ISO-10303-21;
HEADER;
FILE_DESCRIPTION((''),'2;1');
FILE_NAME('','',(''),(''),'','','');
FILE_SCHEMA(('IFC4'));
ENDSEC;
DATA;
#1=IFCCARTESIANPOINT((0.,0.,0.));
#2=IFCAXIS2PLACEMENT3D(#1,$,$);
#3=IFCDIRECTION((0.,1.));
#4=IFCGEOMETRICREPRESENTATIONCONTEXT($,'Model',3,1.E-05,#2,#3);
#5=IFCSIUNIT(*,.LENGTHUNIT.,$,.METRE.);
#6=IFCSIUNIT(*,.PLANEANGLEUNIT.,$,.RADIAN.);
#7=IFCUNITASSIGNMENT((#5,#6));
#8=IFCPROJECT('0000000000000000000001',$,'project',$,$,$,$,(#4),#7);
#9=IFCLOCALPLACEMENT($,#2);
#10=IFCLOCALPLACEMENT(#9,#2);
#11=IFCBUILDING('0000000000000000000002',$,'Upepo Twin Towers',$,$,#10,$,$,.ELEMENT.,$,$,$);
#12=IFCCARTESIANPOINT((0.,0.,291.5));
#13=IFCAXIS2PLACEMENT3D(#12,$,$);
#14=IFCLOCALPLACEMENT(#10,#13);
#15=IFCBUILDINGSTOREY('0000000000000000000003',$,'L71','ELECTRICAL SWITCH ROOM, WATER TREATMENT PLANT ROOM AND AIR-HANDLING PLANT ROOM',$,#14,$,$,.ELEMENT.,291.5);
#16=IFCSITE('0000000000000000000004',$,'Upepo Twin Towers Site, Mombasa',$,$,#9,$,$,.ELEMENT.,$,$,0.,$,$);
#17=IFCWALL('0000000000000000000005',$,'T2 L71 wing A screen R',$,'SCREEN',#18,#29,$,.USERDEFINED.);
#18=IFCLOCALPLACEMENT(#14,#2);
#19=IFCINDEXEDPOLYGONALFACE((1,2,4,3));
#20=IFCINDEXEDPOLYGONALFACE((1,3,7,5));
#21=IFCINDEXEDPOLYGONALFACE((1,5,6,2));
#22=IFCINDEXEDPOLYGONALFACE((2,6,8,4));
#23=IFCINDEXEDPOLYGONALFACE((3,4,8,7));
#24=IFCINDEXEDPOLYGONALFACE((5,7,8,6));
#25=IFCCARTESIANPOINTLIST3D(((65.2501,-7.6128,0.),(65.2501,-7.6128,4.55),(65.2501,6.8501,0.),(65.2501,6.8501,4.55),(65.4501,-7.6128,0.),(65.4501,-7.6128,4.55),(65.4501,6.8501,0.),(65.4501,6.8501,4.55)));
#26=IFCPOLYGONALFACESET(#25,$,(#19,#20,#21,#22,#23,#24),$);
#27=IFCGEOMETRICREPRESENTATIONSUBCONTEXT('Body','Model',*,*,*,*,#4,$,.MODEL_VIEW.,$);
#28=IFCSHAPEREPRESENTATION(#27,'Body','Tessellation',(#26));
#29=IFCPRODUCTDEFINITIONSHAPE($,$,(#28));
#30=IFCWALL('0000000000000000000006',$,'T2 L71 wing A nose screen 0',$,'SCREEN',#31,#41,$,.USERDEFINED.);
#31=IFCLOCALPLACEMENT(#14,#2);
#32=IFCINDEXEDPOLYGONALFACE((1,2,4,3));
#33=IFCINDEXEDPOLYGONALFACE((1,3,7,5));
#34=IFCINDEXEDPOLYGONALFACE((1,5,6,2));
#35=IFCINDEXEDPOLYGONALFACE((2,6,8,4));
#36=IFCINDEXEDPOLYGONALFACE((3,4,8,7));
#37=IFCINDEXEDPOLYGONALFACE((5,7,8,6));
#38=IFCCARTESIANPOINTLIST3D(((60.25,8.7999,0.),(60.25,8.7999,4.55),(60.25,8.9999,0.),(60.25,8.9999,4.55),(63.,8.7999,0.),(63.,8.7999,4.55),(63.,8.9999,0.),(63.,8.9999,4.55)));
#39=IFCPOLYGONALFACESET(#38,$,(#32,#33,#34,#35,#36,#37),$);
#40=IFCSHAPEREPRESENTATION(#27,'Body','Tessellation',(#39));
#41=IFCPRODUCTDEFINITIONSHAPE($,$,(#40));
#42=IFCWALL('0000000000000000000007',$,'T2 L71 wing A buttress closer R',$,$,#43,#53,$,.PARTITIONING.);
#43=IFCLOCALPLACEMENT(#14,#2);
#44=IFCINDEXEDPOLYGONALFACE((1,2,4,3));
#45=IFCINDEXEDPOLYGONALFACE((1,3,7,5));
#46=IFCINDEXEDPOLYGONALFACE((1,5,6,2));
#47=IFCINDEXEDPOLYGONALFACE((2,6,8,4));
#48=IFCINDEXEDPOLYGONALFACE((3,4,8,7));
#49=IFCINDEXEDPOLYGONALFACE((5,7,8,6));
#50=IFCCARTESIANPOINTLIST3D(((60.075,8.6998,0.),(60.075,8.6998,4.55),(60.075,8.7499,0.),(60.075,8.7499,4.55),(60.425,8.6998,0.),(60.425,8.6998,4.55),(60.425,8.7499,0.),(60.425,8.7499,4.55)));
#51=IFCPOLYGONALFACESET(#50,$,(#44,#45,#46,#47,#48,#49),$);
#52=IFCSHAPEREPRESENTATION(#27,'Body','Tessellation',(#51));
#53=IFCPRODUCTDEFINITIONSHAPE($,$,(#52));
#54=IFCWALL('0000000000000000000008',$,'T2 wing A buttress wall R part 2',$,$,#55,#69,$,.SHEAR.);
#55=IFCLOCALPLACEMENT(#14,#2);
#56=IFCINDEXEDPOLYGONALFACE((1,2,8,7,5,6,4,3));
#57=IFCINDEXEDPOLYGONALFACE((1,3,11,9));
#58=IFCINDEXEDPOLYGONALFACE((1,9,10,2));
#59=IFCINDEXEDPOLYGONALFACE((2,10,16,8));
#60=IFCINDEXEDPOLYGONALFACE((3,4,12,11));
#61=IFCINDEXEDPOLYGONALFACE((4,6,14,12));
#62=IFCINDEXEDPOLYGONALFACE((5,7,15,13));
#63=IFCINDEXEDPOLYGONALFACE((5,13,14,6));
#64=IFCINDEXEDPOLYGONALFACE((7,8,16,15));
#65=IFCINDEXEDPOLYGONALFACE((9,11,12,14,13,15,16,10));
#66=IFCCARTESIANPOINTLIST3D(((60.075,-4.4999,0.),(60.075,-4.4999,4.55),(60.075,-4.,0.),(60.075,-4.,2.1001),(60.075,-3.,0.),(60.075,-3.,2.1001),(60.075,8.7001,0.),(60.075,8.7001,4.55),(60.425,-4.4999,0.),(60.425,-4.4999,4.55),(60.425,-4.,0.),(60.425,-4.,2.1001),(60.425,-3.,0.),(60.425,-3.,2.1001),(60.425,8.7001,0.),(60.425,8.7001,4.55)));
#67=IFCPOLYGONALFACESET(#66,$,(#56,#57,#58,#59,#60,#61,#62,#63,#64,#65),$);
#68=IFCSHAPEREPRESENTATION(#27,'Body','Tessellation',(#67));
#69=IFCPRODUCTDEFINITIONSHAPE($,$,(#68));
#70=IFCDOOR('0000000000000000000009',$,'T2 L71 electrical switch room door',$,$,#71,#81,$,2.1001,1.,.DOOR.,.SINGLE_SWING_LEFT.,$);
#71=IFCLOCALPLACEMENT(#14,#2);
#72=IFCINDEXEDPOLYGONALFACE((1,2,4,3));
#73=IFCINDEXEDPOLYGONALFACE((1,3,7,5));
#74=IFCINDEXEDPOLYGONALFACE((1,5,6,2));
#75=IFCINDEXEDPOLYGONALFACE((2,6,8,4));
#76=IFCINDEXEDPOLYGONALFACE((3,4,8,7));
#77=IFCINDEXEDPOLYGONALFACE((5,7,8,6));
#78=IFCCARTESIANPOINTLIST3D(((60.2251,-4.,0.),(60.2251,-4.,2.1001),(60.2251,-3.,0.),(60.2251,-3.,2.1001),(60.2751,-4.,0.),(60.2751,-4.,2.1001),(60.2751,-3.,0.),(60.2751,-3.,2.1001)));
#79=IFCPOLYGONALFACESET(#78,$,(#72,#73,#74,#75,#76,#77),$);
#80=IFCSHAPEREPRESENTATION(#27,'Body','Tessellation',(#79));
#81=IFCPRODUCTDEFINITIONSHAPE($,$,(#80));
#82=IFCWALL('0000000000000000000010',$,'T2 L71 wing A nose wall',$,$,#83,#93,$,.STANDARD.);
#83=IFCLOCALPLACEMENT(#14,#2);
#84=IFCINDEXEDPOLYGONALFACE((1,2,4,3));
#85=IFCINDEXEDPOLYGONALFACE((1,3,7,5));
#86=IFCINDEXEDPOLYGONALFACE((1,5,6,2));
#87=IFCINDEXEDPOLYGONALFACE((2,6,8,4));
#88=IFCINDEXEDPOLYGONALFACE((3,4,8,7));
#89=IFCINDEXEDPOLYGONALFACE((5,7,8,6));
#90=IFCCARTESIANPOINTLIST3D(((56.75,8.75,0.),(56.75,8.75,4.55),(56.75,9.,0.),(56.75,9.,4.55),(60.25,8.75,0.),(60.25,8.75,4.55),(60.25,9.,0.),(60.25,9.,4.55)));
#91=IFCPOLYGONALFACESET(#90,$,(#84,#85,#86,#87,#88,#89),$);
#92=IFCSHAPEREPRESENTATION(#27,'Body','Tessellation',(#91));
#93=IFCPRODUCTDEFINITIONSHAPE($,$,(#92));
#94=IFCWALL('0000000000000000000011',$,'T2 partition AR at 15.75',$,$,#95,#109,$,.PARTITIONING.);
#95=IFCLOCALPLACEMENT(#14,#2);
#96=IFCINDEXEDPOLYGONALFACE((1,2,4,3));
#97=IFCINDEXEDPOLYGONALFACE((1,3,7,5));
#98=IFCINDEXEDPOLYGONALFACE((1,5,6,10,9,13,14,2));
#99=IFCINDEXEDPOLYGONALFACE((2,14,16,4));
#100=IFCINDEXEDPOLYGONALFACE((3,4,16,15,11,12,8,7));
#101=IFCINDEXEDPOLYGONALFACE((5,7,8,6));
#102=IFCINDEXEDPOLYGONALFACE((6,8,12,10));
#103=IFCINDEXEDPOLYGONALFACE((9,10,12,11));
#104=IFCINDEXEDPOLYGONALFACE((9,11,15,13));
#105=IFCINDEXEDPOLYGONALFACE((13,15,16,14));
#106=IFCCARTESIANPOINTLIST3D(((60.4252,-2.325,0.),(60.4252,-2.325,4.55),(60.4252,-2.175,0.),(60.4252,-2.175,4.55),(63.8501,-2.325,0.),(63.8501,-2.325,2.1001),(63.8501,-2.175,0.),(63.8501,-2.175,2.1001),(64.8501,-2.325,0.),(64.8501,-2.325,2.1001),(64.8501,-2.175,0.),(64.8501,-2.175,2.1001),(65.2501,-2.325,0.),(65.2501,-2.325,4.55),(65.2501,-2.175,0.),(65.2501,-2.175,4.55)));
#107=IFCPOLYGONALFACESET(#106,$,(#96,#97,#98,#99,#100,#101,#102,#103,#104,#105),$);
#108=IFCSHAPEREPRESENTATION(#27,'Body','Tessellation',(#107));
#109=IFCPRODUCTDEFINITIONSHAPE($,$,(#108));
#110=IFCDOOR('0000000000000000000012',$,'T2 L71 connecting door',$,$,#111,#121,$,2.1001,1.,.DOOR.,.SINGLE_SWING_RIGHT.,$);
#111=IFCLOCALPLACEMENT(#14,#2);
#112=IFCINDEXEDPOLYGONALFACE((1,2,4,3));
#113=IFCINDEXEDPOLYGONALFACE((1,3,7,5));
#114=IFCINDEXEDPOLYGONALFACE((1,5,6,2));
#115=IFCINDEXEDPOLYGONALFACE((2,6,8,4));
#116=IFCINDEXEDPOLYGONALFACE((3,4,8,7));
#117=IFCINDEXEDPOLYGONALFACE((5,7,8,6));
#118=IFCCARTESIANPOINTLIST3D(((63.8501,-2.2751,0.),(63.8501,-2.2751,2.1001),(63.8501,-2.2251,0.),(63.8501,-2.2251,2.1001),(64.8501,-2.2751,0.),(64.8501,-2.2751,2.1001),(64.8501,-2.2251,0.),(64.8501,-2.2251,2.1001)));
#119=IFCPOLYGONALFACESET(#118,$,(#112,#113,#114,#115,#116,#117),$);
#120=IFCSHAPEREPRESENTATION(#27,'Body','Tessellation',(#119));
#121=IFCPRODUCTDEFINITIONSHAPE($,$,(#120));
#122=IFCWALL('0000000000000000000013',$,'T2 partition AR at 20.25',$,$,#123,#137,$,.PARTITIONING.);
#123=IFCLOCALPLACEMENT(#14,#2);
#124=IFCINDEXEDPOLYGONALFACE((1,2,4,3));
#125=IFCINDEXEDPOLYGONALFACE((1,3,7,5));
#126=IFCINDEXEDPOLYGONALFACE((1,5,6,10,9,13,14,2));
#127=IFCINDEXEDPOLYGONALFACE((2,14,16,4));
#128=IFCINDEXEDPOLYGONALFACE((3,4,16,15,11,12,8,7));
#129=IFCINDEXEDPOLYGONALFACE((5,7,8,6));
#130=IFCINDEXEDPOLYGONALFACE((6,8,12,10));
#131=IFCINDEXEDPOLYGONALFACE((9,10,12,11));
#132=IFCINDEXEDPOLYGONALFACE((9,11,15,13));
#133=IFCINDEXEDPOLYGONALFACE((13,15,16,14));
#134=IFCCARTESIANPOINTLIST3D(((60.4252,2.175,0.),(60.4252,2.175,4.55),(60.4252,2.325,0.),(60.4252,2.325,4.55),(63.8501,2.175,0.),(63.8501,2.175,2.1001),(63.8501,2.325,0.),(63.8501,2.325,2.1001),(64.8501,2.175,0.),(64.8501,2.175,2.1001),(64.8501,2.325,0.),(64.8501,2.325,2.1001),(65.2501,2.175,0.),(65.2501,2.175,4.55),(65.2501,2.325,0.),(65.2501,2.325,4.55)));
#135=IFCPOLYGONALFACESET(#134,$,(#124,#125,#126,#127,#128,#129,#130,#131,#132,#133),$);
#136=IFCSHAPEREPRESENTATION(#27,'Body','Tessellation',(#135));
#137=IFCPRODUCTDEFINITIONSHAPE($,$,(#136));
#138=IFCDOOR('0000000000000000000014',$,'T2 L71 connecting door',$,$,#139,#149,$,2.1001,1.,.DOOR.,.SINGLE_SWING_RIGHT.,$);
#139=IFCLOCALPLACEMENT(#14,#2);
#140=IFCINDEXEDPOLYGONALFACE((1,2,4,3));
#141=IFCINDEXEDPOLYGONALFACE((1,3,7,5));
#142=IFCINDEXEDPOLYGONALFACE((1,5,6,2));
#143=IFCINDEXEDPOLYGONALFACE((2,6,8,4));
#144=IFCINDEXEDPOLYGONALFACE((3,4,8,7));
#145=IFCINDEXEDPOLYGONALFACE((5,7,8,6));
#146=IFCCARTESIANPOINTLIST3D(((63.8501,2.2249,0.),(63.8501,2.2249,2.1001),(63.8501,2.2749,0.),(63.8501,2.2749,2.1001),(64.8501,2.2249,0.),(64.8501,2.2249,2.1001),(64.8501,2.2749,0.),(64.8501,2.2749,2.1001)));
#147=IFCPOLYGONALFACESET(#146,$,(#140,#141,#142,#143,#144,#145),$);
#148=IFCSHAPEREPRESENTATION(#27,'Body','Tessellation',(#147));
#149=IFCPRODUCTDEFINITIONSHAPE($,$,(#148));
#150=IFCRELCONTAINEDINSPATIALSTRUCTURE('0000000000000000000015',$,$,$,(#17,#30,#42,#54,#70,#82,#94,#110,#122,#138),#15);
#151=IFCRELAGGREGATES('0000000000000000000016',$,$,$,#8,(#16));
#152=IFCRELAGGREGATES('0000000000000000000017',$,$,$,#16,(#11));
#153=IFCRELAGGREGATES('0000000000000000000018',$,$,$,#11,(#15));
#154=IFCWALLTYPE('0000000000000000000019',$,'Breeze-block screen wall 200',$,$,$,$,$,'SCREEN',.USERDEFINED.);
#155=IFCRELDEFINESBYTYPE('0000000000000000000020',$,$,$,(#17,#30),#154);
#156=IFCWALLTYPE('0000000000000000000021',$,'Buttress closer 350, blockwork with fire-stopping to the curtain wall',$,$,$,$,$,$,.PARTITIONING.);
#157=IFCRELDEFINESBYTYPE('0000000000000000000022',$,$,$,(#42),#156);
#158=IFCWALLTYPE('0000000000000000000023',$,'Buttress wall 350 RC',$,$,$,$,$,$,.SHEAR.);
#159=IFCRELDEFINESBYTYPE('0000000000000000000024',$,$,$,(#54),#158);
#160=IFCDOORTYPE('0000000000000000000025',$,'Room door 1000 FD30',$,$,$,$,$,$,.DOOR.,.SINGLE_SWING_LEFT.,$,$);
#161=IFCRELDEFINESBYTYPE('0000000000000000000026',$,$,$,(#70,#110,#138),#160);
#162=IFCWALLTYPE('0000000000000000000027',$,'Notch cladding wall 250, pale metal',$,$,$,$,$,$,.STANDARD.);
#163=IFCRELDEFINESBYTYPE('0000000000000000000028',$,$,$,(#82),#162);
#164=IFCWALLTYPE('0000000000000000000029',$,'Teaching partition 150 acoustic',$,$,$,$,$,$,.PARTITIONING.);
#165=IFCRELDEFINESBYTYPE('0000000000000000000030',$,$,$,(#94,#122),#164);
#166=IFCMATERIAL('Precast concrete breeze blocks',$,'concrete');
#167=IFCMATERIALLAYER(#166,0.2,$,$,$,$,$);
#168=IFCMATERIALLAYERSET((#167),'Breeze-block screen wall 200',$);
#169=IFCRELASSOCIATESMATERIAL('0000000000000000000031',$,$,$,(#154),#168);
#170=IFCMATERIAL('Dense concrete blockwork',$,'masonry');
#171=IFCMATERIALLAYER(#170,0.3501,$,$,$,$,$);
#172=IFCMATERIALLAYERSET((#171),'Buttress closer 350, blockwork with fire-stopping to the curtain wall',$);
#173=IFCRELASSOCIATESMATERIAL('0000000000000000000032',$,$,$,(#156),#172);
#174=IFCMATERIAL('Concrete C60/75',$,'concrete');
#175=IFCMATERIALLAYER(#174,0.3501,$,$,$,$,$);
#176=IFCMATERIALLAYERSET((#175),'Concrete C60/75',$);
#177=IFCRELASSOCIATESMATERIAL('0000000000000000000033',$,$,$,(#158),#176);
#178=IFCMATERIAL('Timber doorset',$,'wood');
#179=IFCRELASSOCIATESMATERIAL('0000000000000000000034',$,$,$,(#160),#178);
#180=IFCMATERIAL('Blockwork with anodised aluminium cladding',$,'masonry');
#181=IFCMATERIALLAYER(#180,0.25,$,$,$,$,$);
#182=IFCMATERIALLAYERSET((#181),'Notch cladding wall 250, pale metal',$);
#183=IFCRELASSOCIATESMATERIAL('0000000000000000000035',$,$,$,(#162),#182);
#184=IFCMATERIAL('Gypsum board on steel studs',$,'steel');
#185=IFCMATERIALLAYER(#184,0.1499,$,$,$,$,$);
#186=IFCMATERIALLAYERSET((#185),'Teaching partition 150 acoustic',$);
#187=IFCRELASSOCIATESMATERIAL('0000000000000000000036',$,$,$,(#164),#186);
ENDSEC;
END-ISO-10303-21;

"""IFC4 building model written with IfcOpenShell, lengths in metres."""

from ifc_helpers import new_model, si_unit, direction, frame, frame_2d, origin, place, context, subcontext, project, spatial, rectangle, extrude, material, layer, layer_set, type_object, element, fill, save


model = new_model("IFC4")

# Units and contexts
model_context = context("Model", 3, precision=1e-05, world=origin(), true_north=direction((0.0, 1.0)))
body_context = subcontext(model_context, "Body", "Model", "MODEL_VIEW")
ifc_project = project(units=[si_unit("LENGTHUNIT", "METRE"), si_unit("PLANEANGLEUNIT", "RADIAN")], contexts=[model_context])

# Site, building, storey
site_placement = place(None, origin())
site = spatial("IfcSite", under=ifc_project, at=site_placement, Name="Upepo Twin Towers Site, Mombasa", CompositionType="ELEMENT", RefElevation=0.0)
building_placement = place(site_placement, origin())
building = spatial("IfcBuilding", under=site, at=building_placement, Name="Upepo Twin Towers", CompositionType="ELEMENT")
storey_placement = place(building_placement, frame((0.0, 0.0, 291.5)))
storey = spatial("IfcBuildingStorey", under=building, at=storey_placement, Name="L71", Description="ELECTRICAL SWITCH ROOM, WATER TREATMENT PLANT ROOM AND AIR-HANDLING PLANT ROOM", CompositionType="ELEMENT", Elevation=291.5)

# Walls
ifc_material_1 = material(Name="Precast concrete breeze blocks", Category="concrete")
ifc_layer_1 = layer(ifc_material_1, 0.2)
ifc_layer_set_1 = layer_set([ifc_layer_1], Name="Breeze-block screen wall 200")
wall_type_1 = type_object("IfcWallType", Name="Breeze-block screen wall 200", ElementType="SCREEN", PredefinedType="USERDEFINED", material=ifc_layer_set_1)
wall_1_placement = place(storey_placement, frame((65.3501, 6.8501, 0.0), z_axis=(0.0, 0.0, 1.0), x_axis=(0.0, -1.0, 0.0)))
element("IfcWall", 1, at=wall_1_placement, inside=storey, type_object=wall_type_1, Name="T2 L71 wing A screen R", ObjectType="SCREEN", PredefinedType="USERDEFINED", context=body_context, shape_type="SweptSolid", body=[
    extrude(rectangle(XDim=14.4629, YDim=0.2, at=frame_2d((7.2314, 0.0))), origin(), (0.0, 0.0, 1.0), 4.55),
])
wall_2_placement = place(storey_placement, frame((63.0, 8.8999, 0.0), z_axis=(0.0, 0.0, 1.0), x_axis=(-1.0, 0.0, 0.0)))
element("IfcWall", 2, at=wall_2_placement, inside=storey, type_object=wall_type_1, Name="T2 L71 wing A nose screen 0", ObjectType="SCREEN", PredefinedType="USERDEFINED", context=body_context, shape_type="SweptSolid", body=[
    extrude(rectangle(XDim=2.75, YDim=0.2, at=frame_2d((1.375, 0.0))), origin(), (0.0, 0.0, 1.0), 4.55),
])
ifc_material_2 = material(Name="Dense concrete blockwork", Category="masonry")
ifc_layer_2 = layer(ifc_material_2, 0.3501)
ifc_layer_set_2 = layer_set([ifc_layer_2], Name="Buttress closer 350, blockwork with fire-stopping to the curtain wall")
wall_type_2 = type_object("IfcWallType", Name="Buttress closer 350, blockwork with fire-stopping to the curtain wall", PredefinedType="PARTITIONING", material=ifc_layer_set_2)
wall_3_placement = place(storey_placement, frame((60.25, 8.7, 0.0), z_axis=(0.0, 0.0, 1.0), x_axis=(0.0, 1.0, 0.0)))
element("IfcWall", 3, at=wall_3_placement, inside=storey, type_object=wall_type_2, Name="T2 L71 wing A buttress closer R", PredefinedType="PARTITIONING", context=body_context, shape_type="SweptSolid", body=[
    extrude(rectangle(XDim=0.05, YDim=0.3501, at=frame_2d((0.0249, 0.0))), origin(), (0.0, 0.0, 1.0), 4.55),
])

# Wall, opening, door
ifc_material_3 = material(Name="Concrete C60/75", Category="concrete")
ifc_layer_3 = layer(ifc_material_3, 0.3501)
ifc_layer_set_3 = layer_set([ifc_layer_3], Name="Concrete C60/75")
wall_type_3 = type_object("IfcWallType", Name="Buttress wall 350 RC", PredefinedType="SHEAR", material=ifc_layer_set_3)
wall_4_placement = place(storey_placement, frame((60.25, -4.5, 0.0), z_axis=(0.0, 0.0, 1.0), x_axis=(0.0, 1.0, 0.0)))
wall_4 = element("IfcWall", 4, at=wall_4_placement, inside=storey, type_object=wall_type_3, Name="T2 wing A buttress wall R part 2", PredefinedType="SHEAR", context=body_context, shape_type="SweptSolid", body=[
    extrude(rectangle(XDim=13.2, YDim=0.3501, at=frame_2d((6.6001, 0.0))), origin(), (0.0, 0.0, 1.0), 4.55),
])
opening_1_placement = place(wall_4_placement, frame((0.5, 0.0, 0.0)))
opening_1 = element("IfcOpeningElement", 5, at=opening_1_placement, cuts=wall_4, PredefinedType="OPENING", context=body_context, shape_type="SweptSolid", body=[
    extrude(rectangle(XDim=1.0, YDim=2.1001, at=frame_2d((0.5, 1.05))), frame((0.0, 0.1851, 0.0), z_axis=(0.0, -1.0, 0.0), x_axis=(1.0, 0.0, 0.0)), (0.0, 0.0, 1.0), 0.3701),
])
ifc_material_4 = material(Name="Timber doorset", Category="wood")
door_type_1 = type_object("IfcDoorType", Name="Room door 1000 FD30", OperationType="SINGLE_SWING_LEFT", PredefinedType="DOOR", material=ifc_material_4)
door_1_placement = place(opening_1_placement, origin())
door_1 = element("IfcDoor", 6, at=door_1_placement, inside=storey, type_object=door_type_1, Name="T2 L71 electrical switch room door", OperationType="SINGLE_SWING_LEFT", OverallHeight=2.1001, OverallWidth=1.0, PredefinedType="DOOR", context=body_context, shape_type="SweptSolid", body=[
    extrude(rectangle(XDim=1.0, YDim=2.1001, at=frame_2d((0.5, 1.05))), frame((0.0, 0.0249, 0.0), z_axis=(0.0, -1.0, 0.0), x_axis=(1.0, 0.0, 0.0)), (0.0, 0.0, 1.0), 0.05),
])
fill(opening_1, door_1)

# Wall
ifc_material_5 = material(Name="Blockwork with anodised aluminium cladding", Category="masonry")
ifc_layer_4 = layer(ifc_material_5, 0.25)
ifc_layer_set_4 = layer_set([ifc_layer_4], Name="Notch cladding wall 250, pale metal")
wall_type_4 = type_object("IfcWallType", Name="Notch cladding wall 250, pale metal", PredefinedType="STANDARD", material=ifc_layer_set_4)
wall_5_placement = place(storey_placement, frame((60.25, 8.875, 0.0), z_axis=(0.0, 0.0, 1.0), x_axis=(-1.0, 0.0, 0.0)))
element("IfcWall", 7, at=wall_5_placement, inside=storey, type_object=wall_type_4, Name="T2 L71 wing A nose wall", PredefinedType="STANDARD", context=body_context, shape_type="SweptSolid", body=[
    extrude(rectangle(XDim=3.5, YDim=0.25, at=frame_2d((1.75, 0.0))), origin(), (0.0, 0.0, 1.0), 4.55),
])

# Walls, openings, doors
ifc_material_6 = material(Name="Gypsum board on steel studs", Category="steel")
ifc_layer_5 = layer(ifc_material_6, 0.1499)
ifc_layer_set_5 = layer_set([ifc_layer_5], Name="Teaching partition 150 acoustic")
wall_type_5 = type_object("IfcWallType", Name="Teaching partition 150 acoustic", PredefinedType="PARTITIONING", material=ifc_layer_set_5)
wall_6_placement = place(storey_placement, frame((60.425, -2.25, 0.0), z_axis=(0.0, 0.0, 1.0), x_axis=(1.0, 0.0, 0.0)))
wall_6 = element("IfcWall", 8, at=wall_6_placement, inside=storey, type_object=wall_type_5, Name="T2 partition AR at 15.75", PredefinedType="PARTITIONING", context=body_context, shape_type="SweptSolid", body=[
    extrude(rectangle(XDim=4.825, YDim=0.1499, at=frame_2d((2.4126, 0.0))), origin(), (0.0, 0.0, 1.0), 4.55),
])
opening_2_placement = place(wall_6_placement, frame((3.425, 0.0, 0.0)))
opening_2 = element("IfcOpeningElement", 9, at=opening_2_placement, cuts=wall_6, PredefinedType="OPENING", context=body_context, shape_type="SweptSolid", body=[
    extrude(rectangle(XDim=1.0, YDim=2.1001, at=frame_2d((0.5, 1.05))), frame((0.0, 0.085, 0.0), z_axis=(0.0, -1.0, 0.0), x_axis=(1.0, 0.0, 0.0)), (0.0, 0.0, 1.0), 0.1699),
])
door_2_placement = place(opening_2_placement, origin())
door_2 = element("IfcDoor", 10, at=door_2_placement, inside=storey, type_object=door_type_1, Name="T2 L71 connecting door", OperationType="SINGLE_SWING_RIGHT", OverallHeight=2.1001, OverallWidth=1.0, PredefinedType="DOOR", context=body_context, shape_type="SweptSolid", body=[
    extrude(rectangle(XDim=1.0, YDim=2.1001, at=frame_2d((0.5, 1.05))), frame((0.0, 0.0249, 0.0), z_axis=(0.0, -1.0, 0.0), x_axis=(1.0, 0.0, 0.0)), (0.0, 0.0, 1.0), 0.05),
])
fill(opening_2, door_2)
wall_7_placement = place(storey_placement, frame((60.425, 2.25, 0.0), z_axis=(0.0, 0.0, 1.0), x_axis=(1.0, 0.0, 0.0)))
wall_7 = element("IfcWall", 11, at=wall_7_placement, inside=storey, type_object=wall_type_5, Name="T2 partition AR at 20.25", PredefinedType="PARTITIONING", context=body_context, shape_type="SweptSolid", body=[
    extrude(rectangle(XDim=4.825, YDim=0.1499, at=frame_2d((2.4126, 0.0))), origin(), (0.0, 0.0, 1.0), 4.55),
])
opening_3_placement = place(wall_7_placement, frame((3.425, 0.0, 0.0)))
opening_3 = element("IfcOpeningElement", 12, at=opening_3_placement, cuts=wall_7, PredefinedType="OPENING", context=body_context, shape_type="SweptSolid", body=[
    extrude(rectangle(XDim=1.0, YDim=2.1001, at=frame_2d((0.5, 1.05))), frame((0.0, 0.085, 0.0), z_axis=(0.0, -1.0, 0.0), x_axis=(1.0, 0.0, 0.0)), (0.0, 0.0, 1.0), 0.1699),
])
door_3_placement = place(opening_3_placement, origin())
door_3 = element("IfcDoor", 13, at=door_3_placement, inside=storey, type_object=door_type_1, Name="T2 L71 connecting door", OperationType="SINGLE_SWING_RIGHT", OverallHeight=2.1001, OverallWidth=1.0, PredefinedType="DOOR", context=body_context, shape_type="SweptSolid", body=[
    extrude(rectangle(XDim=1.0, YDim=2.1001, at=frame_2d((0.5, 1.05))), frame((0.0, 0.0249, 0.0), z_axis=(0.0, -1.0, 0.0), x_axis=(1.0, 0.0, 0.0)), (0.0, 0.0, 1.0), 0.05),
])
fill(opening_3, door_3)

save(model, "model.ifc")
